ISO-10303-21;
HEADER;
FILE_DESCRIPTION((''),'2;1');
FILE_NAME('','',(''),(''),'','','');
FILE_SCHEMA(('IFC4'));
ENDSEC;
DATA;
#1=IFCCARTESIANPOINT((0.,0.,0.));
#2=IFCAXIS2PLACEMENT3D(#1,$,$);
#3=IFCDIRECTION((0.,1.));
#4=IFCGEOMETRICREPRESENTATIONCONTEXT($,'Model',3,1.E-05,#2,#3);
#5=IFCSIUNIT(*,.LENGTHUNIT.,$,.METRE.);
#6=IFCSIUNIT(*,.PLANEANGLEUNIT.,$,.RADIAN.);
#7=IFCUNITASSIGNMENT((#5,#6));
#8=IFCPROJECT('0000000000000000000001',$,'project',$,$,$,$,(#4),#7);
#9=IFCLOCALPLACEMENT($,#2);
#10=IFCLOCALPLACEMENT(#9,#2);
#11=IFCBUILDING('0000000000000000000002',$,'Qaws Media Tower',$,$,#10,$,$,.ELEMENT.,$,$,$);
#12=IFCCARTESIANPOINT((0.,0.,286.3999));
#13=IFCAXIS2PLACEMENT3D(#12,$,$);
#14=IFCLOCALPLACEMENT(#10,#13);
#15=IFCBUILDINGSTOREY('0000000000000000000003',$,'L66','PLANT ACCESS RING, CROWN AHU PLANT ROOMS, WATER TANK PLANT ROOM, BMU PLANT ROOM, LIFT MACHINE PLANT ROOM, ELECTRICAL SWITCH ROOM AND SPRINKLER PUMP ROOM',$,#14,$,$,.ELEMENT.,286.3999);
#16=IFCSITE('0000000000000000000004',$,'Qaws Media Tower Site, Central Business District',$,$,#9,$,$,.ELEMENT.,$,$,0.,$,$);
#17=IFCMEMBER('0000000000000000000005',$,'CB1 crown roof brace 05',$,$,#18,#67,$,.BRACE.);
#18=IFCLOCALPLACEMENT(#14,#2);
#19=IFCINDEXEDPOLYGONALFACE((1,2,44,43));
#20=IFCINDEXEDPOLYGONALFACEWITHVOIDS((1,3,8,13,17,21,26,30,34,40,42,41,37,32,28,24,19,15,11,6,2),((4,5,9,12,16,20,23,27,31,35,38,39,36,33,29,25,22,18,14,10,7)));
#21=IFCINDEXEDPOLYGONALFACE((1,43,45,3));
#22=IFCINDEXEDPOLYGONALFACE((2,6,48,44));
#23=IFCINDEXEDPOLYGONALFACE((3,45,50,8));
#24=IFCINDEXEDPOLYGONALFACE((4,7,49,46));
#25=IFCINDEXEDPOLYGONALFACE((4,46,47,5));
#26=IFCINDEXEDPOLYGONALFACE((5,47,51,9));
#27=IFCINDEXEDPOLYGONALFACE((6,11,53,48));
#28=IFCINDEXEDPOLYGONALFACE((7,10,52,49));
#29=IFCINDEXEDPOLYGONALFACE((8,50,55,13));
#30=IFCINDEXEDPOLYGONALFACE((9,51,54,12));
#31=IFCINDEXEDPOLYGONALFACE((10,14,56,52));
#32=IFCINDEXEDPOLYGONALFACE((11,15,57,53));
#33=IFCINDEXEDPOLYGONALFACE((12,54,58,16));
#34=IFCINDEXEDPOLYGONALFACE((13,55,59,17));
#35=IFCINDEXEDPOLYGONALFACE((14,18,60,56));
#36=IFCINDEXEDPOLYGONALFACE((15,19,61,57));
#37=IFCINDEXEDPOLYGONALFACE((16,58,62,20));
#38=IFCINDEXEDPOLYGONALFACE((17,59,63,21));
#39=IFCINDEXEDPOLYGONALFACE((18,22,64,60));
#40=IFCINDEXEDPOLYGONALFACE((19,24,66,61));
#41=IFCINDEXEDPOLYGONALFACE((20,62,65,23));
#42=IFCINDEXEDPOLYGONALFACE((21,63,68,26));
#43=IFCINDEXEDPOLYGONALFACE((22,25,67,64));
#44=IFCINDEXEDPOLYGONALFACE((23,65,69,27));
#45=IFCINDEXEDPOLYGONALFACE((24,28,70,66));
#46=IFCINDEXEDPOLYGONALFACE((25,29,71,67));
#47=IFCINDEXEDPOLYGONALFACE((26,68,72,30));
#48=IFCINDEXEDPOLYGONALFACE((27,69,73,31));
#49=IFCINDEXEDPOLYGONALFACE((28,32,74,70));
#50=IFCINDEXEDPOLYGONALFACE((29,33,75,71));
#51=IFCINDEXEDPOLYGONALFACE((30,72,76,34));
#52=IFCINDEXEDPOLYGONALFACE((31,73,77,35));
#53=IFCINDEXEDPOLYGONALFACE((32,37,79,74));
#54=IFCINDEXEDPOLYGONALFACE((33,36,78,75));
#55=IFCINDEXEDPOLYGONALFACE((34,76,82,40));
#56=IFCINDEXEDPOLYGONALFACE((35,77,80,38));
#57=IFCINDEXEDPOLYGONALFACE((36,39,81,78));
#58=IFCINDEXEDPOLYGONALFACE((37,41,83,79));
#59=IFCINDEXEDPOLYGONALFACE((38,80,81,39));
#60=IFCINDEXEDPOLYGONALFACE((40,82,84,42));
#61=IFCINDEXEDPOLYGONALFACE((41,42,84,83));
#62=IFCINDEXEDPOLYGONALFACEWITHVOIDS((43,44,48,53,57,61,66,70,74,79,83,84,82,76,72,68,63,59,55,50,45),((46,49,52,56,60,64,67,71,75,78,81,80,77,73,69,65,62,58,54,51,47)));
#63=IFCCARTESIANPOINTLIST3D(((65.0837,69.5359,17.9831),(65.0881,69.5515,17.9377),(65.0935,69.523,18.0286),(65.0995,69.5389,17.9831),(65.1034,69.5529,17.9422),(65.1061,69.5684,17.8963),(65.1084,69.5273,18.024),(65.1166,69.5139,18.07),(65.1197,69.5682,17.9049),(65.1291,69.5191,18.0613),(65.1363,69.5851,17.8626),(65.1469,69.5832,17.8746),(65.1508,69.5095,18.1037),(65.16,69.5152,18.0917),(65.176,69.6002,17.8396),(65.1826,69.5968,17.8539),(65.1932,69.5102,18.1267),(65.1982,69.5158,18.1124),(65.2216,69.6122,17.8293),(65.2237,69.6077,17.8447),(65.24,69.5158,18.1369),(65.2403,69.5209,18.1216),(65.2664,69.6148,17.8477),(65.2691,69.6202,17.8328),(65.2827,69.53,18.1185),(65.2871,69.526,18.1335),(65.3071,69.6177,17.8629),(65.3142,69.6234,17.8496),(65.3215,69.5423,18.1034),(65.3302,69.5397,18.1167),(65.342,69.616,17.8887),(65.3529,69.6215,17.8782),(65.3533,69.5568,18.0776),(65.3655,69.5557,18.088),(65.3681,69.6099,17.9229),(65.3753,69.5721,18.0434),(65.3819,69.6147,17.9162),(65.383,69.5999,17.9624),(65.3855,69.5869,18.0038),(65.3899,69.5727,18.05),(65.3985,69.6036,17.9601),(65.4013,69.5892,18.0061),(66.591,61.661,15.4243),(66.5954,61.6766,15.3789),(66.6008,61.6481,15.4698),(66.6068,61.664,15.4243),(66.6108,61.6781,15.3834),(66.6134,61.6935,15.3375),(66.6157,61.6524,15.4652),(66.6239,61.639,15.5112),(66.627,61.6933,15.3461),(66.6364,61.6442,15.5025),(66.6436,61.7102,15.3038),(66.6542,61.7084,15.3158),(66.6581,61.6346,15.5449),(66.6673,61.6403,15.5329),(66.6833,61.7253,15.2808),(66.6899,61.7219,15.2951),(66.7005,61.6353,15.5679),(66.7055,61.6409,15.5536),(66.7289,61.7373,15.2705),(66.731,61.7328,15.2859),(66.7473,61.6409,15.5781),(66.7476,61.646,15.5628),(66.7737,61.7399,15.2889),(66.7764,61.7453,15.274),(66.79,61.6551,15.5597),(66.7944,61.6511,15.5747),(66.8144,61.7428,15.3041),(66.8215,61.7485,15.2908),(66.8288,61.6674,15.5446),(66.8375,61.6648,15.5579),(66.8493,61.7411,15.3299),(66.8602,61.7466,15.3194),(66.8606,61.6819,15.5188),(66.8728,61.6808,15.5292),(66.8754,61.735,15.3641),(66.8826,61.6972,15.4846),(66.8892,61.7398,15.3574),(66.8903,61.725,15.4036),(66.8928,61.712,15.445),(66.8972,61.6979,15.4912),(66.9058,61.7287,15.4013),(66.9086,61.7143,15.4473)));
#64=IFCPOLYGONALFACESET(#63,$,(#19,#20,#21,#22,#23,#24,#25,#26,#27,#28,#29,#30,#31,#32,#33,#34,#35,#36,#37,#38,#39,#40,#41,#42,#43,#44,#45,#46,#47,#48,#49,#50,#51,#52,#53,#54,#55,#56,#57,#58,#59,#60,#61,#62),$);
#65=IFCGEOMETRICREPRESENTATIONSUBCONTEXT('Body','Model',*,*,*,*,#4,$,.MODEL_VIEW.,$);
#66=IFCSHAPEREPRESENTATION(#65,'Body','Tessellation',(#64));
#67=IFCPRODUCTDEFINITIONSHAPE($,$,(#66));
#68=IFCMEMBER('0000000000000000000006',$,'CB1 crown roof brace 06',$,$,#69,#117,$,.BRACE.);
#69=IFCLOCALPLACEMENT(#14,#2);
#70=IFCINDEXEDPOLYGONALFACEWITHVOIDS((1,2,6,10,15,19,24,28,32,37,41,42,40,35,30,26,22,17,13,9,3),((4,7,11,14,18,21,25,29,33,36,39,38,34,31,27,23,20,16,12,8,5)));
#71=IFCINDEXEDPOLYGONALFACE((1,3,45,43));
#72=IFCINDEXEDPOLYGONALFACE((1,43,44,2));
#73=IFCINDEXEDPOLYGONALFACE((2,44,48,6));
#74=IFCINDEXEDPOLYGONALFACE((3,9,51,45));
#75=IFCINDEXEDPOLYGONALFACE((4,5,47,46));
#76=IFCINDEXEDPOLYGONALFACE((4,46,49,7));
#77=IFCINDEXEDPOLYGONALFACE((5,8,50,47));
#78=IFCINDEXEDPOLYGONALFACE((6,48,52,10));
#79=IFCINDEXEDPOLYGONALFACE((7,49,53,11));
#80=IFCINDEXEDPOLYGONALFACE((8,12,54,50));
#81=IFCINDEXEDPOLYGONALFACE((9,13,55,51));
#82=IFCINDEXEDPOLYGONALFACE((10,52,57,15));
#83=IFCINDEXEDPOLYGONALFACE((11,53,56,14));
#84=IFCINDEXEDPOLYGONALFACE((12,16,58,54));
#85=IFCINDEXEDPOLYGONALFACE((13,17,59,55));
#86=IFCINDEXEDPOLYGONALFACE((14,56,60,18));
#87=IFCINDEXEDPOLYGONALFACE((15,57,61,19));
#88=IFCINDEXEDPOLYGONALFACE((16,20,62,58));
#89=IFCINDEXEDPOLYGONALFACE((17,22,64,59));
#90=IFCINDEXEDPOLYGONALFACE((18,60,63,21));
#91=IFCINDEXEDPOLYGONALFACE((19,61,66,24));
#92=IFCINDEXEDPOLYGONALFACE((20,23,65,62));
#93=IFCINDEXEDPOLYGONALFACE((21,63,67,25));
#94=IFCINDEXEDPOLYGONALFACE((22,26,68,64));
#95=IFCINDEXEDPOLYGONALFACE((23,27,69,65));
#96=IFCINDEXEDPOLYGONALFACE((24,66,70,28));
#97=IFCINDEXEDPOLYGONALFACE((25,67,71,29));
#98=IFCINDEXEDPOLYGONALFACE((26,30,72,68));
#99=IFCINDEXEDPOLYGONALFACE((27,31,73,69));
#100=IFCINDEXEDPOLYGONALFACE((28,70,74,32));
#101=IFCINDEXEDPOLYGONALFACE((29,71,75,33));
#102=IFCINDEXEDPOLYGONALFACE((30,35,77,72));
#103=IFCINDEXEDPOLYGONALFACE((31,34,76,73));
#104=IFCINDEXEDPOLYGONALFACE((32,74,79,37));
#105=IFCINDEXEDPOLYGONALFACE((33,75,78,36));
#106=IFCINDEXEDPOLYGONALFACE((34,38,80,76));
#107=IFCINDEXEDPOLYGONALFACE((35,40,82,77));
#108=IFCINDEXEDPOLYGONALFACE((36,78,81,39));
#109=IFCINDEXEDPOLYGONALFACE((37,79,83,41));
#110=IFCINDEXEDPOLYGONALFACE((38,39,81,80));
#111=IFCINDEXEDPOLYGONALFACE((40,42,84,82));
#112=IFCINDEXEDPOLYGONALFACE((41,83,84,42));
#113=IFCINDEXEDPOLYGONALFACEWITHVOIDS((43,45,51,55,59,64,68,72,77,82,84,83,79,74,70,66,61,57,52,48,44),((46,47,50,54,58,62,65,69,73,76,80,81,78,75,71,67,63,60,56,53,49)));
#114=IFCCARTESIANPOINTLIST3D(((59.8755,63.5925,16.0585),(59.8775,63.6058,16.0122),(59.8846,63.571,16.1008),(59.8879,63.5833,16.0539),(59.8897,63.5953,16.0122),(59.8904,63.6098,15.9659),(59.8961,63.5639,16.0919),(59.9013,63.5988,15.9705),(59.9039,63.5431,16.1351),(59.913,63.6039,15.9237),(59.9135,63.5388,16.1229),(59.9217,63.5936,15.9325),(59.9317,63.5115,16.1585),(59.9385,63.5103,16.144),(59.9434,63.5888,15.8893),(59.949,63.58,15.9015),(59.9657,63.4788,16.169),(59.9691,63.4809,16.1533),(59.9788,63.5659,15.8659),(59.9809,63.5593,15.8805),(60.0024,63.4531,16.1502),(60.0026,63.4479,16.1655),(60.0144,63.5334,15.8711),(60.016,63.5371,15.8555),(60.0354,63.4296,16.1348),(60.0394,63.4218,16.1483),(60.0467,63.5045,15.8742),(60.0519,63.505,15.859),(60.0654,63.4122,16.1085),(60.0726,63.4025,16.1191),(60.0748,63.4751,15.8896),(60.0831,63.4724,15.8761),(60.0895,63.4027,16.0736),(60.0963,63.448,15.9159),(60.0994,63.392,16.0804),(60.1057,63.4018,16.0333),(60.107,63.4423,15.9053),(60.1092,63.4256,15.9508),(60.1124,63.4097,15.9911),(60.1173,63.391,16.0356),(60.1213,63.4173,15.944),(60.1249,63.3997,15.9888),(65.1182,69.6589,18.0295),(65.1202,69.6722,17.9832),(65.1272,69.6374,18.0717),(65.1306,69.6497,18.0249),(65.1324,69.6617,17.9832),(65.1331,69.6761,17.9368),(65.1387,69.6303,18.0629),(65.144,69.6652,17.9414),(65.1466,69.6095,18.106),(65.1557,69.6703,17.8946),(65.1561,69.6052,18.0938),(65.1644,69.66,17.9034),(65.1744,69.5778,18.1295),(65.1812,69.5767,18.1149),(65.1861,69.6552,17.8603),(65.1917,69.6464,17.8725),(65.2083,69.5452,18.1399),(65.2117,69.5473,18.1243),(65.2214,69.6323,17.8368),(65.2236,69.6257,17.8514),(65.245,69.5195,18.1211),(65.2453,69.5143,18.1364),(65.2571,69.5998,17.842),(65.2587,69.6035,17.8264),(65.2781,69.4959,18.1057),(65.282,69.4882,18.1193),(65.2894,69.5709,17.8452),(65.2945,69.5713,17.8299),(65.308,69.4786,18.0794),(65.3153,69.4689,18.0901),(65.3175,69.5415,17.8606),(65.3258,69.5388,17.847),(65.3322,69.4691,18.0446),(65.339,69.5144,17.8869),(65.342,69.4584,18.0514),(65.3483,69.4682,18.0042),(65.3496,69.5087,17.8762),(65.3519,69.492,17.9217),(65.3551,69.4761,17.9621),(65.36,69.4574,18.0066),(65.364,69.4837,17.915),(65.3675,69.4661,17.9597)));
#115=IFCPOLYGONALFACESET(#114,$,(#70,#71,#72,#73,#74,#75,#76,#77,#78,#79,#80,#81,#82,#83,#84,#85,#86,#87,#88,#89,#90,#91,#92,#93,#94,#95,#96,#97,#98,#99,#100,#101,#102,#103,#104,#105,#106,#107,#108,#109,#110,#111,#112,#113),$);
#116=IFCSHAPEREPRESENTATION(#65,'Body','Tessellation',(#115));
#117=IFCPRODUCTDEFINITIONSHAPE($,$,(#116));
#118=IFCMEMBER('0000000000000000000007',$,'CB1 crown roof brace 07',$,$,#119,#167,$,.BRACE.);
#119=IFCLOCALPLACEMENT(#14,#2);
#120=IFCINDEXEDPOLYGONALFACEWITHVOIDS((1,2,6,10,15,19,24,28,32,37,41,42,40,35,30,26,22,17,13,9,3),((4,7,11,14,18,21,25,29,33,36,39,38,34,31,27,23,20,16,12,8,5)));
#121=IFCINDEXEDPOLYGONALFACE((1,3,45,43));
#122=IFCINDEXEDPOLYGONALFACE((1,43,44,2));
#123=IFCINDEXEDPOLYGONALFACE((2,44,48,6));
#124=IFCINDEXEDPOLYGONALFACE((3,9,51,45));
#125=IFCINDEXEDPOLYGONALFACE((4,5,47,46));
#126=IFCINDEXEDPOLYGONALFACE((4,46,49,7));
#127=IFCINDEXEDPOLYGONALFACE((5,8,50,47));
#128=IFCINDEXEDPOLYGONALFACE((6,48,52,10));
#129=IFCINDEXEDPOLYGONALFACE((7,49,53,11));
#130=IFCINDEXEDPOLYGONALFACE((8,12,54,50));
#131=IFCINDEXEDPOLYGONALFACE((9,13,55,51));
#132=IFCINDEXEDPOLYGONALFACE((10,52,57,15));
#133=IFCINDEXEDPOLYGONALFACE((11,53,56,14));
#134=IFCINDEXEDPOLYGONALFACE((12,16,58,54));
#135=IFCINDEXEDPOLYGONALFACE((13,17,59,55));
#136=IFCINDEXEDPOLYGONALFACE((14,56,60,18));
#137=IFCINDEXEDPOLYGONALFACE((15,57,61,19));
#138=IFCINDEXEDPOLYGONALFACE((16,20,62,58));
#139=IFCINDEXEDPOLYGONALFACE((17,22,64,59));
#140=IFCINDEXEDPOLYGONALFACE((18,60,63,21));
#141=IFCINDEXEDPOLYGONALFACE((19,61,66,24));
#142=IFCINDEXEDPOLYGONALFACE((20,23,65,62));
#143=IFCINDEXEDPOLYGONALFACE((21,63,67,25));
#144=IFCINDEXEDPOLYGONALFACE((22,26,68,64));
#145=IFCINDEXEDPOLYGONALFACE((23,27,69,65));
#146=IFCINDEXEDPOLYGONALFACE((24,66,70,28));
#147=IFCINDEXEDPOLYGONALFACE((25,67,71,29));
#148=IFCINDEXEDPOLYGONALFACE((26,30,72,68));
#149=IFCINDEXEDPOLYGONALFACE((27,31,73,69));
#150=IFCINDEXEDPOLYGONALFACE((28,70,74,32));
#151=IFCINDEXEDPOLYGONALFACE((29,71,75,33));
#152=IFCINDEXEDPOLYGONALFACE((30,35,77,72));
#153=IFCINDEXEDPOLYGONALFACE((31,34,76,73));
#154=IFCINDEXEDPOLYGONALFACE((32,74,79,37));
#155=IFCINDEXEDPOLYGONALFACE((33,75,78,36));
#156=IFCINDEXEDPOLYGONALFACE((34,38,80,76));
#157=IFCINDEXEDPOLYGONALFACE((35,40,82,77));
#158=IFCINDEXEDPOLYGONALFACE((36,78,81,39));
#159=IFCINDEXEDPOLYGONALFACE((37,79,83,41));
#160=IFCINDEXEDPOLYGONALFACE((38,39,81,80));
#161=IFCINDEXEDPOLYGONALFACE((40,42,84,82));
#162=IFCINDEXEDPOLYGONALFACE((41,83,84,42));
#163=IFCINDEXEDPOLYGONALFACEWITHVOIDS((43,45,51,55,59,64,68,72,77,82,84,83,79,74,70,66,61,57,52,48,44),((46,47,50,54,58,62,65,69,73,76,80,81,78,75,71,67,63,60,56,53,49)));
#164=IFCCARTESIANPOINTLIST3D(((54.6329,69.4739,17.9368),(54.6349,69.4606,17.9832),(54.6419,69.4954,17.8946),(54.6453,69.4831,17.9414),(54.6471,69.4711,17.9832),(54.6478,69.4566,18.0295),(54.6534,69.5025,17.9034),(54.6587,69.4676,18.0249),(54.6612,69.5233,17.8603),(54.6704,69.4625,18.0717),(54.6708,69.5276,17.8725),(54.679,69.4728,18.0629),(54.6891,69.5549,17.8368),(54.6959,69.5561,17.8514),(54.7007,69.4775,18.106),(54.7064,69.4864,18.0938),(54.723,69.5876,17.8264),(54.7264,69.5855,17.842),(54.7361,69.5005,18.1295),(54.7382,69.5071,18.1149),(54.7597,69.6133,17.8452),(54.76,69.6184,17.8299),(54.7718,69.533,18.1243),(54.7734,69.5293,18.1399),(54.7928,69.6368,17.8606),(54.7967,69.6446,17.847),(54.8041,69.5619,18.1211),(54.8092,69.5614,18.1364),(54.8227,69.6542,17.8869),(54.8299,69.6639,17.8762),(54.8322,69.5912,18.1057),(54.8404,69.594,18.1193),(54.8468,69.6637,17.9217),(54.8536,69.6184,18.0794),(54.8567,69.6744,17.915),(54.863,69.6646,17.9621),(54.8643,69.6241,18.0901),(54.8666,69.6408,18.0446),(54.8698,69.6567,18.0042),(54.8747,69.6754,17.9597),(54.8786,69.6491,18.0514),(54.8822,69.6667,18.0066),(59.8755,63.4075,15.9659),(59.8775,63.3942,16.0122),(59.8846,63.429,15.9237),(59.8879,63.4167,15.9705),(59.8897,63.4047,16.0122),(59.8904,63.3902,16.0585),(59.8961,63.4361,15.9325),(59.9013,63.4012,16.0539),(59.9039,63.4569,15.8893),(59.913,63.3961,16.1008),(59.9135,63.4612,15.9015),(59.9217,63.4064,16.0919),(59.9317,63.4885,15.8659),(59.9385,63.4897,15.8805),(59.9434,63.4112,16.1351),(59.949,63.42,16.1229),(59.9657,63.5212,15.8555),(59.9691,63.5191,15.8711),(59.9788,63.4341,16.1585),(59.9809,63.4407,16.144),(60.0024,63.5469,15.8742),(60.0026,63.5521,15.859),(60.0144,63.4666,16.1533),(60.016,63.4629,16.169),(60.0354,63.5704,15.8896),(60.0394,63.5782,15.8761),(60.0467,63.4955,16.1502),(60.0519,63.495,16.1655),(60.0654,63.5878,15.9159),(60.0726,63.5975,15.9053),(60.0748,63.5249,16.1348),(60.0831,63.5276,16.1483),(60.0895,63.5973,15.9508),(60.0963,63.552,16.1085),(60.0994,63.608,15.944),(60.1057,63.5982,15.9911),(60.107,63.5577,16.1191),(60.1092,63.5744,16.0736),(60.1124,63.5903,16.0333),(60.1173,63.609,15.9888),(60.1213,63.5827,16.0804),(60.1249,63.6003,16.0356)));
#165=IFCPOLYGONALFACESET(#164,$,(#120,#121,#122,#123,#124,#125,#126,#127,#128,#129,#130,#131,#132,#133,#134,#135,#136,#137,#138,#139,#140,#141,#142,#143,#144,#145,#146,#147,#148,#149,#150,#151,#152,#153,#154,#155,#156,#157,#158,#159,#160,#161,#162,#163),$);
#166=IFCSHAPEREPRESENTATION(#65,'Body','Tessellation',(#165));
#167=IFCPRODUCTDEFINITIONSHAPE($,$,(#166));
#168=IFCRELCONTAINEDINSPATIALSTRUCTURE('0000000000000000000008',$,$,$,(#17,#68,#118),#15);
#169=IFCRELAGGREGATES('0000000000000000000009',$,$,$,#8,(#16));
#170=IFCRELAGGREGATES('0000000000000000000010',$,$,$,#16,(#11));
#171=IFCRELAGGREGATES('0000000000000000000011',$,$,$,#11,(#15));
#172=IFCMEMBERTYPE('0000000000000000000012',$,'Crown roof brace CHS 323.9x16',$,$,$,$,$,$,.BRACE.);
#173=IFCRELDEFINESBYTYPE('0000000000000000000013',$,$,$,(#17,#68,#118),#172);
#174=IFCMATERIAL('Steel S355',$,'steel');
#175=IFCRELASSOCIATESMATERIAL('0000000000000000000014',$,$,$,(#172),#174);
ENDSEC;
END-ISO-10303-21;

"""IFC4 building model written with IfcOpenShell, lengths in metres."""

from ifc_helpers import new_model, si_unit, direction, frame, origin, origin_2d, place, context, subcontext, project, spatial, hollow_circle, extrude, material, material_profile, profile_set, type_object, element, save


model = new_model("IFC4")

# Units and contexts
model_context = context("Model", 3, precision=1e-05, world=origin(), true_north=direction((0.0, 1.0)))
body_context = subcontext(model_context, "Body", "Model", "MODEL_VIEW")
ifc_project = project(units=[si_unit("LENGTHUNIT", "METRE"), si_unit("PLANEANGLEUNIT", "RADIAN")], contexts=[model_context])

# Site, building, storey
site_placement = place(None, origin())
site = spatial("IfcSite", under=ifc_project, at=site_placement, Name="Qaws Media Tower Site, Central Business District", CompositionType="ELEMENT", RefElevation=0.0)
building_placement = place(site_placement, origin())
building = spatial("IfcBuilding", under=site, at=building_placement, Name="Qaws Media Tower", CompositionType="ELEMENT")
storey_placement = place(building_placement, frame((0.0, 0.0, 286.3999)))
storey = spatial("IfcBuildingStorey", under=building, at=storey_placement, Name="L66", Description="PLANT ACCESS RING, CROWN AHU PLANT ROOMS, WATER TANK PLANT ROOM, BMU PLANT ROOM, LIFT MACHINE PLANT ROOM, ELECTRICAL SWITCH ROOM AND SPRINKLER PUMP ROOM", CompositionType="ELEMENT", Elevation=286.3999)

# Members
ifc_material_1 = material(Name="Steel S355", Category="steel")
ifc_material_profile_1 = material_profile(ifc_material_1, hollow_circle(Radius=0.1619, WallThickness=0.0161, at=origin_2d()), Name="CHS 323.9x16")
ifc_profile_set_1 = profile_set([ifc_material_profile_1], Name="Steel S355")
member_type = type_object("IfcMemberType", Name="Crown roof brace CHS 323.9x16", PredefinedType="BRACE", material=ifc_profile_set_1)
member_1_placement = place(storey_placement, frame((66.75, 61.6914, 15.4243), z_axis=(-0.179094, 0.935676, 0.304031), x_axis=(-0.98217, -0.187994, 0.0)))
element("IfcMember", 1, at=member_1_placement, inside=storey, type_object=member_type, Name="CB1 crown roof brace 05", PredefinedType="BRACE", context=body_context, shape_type="SweptSolid", body=[
    extrude(hollow_circle(Radius=0.1619, WallThickness=0.0161, at=origin_2d()), origin(), (0.0, 0.0, 1.0), 8.4163),
])
for number, where, z_axis, x_axis, name in (
    (2, (60.0, 63.5, 16.0122), (0.634967, 0.734734, 0.238712), (-0.756607, 0.65387, 0.0), "CB1 crown roof brace 06"),
    (3, (60.0, 63.5, 16.0122), (-0.634967, 0.734734, 0.238712), (-0.756607, -0.65387, 0.0), "CB1 crown roof brace 07"),
):
    element("IfcMember", number, at=place(storey_placement, frame(where, z_axis=z_axis, x_axis=x_axis)), inside=storey, type_object=member_type, Name=name, PredefinedType="BRACE", context=body_context, shape_type="SweptSolid", body=[
        extrude(hollow_circle(Radius=0.1619, WallThickness=0.0161, at=origin_2d()), origin(), (0.0, 0.0, 1.0), 8.2566),
    ])

save(model, "model.ifc")
